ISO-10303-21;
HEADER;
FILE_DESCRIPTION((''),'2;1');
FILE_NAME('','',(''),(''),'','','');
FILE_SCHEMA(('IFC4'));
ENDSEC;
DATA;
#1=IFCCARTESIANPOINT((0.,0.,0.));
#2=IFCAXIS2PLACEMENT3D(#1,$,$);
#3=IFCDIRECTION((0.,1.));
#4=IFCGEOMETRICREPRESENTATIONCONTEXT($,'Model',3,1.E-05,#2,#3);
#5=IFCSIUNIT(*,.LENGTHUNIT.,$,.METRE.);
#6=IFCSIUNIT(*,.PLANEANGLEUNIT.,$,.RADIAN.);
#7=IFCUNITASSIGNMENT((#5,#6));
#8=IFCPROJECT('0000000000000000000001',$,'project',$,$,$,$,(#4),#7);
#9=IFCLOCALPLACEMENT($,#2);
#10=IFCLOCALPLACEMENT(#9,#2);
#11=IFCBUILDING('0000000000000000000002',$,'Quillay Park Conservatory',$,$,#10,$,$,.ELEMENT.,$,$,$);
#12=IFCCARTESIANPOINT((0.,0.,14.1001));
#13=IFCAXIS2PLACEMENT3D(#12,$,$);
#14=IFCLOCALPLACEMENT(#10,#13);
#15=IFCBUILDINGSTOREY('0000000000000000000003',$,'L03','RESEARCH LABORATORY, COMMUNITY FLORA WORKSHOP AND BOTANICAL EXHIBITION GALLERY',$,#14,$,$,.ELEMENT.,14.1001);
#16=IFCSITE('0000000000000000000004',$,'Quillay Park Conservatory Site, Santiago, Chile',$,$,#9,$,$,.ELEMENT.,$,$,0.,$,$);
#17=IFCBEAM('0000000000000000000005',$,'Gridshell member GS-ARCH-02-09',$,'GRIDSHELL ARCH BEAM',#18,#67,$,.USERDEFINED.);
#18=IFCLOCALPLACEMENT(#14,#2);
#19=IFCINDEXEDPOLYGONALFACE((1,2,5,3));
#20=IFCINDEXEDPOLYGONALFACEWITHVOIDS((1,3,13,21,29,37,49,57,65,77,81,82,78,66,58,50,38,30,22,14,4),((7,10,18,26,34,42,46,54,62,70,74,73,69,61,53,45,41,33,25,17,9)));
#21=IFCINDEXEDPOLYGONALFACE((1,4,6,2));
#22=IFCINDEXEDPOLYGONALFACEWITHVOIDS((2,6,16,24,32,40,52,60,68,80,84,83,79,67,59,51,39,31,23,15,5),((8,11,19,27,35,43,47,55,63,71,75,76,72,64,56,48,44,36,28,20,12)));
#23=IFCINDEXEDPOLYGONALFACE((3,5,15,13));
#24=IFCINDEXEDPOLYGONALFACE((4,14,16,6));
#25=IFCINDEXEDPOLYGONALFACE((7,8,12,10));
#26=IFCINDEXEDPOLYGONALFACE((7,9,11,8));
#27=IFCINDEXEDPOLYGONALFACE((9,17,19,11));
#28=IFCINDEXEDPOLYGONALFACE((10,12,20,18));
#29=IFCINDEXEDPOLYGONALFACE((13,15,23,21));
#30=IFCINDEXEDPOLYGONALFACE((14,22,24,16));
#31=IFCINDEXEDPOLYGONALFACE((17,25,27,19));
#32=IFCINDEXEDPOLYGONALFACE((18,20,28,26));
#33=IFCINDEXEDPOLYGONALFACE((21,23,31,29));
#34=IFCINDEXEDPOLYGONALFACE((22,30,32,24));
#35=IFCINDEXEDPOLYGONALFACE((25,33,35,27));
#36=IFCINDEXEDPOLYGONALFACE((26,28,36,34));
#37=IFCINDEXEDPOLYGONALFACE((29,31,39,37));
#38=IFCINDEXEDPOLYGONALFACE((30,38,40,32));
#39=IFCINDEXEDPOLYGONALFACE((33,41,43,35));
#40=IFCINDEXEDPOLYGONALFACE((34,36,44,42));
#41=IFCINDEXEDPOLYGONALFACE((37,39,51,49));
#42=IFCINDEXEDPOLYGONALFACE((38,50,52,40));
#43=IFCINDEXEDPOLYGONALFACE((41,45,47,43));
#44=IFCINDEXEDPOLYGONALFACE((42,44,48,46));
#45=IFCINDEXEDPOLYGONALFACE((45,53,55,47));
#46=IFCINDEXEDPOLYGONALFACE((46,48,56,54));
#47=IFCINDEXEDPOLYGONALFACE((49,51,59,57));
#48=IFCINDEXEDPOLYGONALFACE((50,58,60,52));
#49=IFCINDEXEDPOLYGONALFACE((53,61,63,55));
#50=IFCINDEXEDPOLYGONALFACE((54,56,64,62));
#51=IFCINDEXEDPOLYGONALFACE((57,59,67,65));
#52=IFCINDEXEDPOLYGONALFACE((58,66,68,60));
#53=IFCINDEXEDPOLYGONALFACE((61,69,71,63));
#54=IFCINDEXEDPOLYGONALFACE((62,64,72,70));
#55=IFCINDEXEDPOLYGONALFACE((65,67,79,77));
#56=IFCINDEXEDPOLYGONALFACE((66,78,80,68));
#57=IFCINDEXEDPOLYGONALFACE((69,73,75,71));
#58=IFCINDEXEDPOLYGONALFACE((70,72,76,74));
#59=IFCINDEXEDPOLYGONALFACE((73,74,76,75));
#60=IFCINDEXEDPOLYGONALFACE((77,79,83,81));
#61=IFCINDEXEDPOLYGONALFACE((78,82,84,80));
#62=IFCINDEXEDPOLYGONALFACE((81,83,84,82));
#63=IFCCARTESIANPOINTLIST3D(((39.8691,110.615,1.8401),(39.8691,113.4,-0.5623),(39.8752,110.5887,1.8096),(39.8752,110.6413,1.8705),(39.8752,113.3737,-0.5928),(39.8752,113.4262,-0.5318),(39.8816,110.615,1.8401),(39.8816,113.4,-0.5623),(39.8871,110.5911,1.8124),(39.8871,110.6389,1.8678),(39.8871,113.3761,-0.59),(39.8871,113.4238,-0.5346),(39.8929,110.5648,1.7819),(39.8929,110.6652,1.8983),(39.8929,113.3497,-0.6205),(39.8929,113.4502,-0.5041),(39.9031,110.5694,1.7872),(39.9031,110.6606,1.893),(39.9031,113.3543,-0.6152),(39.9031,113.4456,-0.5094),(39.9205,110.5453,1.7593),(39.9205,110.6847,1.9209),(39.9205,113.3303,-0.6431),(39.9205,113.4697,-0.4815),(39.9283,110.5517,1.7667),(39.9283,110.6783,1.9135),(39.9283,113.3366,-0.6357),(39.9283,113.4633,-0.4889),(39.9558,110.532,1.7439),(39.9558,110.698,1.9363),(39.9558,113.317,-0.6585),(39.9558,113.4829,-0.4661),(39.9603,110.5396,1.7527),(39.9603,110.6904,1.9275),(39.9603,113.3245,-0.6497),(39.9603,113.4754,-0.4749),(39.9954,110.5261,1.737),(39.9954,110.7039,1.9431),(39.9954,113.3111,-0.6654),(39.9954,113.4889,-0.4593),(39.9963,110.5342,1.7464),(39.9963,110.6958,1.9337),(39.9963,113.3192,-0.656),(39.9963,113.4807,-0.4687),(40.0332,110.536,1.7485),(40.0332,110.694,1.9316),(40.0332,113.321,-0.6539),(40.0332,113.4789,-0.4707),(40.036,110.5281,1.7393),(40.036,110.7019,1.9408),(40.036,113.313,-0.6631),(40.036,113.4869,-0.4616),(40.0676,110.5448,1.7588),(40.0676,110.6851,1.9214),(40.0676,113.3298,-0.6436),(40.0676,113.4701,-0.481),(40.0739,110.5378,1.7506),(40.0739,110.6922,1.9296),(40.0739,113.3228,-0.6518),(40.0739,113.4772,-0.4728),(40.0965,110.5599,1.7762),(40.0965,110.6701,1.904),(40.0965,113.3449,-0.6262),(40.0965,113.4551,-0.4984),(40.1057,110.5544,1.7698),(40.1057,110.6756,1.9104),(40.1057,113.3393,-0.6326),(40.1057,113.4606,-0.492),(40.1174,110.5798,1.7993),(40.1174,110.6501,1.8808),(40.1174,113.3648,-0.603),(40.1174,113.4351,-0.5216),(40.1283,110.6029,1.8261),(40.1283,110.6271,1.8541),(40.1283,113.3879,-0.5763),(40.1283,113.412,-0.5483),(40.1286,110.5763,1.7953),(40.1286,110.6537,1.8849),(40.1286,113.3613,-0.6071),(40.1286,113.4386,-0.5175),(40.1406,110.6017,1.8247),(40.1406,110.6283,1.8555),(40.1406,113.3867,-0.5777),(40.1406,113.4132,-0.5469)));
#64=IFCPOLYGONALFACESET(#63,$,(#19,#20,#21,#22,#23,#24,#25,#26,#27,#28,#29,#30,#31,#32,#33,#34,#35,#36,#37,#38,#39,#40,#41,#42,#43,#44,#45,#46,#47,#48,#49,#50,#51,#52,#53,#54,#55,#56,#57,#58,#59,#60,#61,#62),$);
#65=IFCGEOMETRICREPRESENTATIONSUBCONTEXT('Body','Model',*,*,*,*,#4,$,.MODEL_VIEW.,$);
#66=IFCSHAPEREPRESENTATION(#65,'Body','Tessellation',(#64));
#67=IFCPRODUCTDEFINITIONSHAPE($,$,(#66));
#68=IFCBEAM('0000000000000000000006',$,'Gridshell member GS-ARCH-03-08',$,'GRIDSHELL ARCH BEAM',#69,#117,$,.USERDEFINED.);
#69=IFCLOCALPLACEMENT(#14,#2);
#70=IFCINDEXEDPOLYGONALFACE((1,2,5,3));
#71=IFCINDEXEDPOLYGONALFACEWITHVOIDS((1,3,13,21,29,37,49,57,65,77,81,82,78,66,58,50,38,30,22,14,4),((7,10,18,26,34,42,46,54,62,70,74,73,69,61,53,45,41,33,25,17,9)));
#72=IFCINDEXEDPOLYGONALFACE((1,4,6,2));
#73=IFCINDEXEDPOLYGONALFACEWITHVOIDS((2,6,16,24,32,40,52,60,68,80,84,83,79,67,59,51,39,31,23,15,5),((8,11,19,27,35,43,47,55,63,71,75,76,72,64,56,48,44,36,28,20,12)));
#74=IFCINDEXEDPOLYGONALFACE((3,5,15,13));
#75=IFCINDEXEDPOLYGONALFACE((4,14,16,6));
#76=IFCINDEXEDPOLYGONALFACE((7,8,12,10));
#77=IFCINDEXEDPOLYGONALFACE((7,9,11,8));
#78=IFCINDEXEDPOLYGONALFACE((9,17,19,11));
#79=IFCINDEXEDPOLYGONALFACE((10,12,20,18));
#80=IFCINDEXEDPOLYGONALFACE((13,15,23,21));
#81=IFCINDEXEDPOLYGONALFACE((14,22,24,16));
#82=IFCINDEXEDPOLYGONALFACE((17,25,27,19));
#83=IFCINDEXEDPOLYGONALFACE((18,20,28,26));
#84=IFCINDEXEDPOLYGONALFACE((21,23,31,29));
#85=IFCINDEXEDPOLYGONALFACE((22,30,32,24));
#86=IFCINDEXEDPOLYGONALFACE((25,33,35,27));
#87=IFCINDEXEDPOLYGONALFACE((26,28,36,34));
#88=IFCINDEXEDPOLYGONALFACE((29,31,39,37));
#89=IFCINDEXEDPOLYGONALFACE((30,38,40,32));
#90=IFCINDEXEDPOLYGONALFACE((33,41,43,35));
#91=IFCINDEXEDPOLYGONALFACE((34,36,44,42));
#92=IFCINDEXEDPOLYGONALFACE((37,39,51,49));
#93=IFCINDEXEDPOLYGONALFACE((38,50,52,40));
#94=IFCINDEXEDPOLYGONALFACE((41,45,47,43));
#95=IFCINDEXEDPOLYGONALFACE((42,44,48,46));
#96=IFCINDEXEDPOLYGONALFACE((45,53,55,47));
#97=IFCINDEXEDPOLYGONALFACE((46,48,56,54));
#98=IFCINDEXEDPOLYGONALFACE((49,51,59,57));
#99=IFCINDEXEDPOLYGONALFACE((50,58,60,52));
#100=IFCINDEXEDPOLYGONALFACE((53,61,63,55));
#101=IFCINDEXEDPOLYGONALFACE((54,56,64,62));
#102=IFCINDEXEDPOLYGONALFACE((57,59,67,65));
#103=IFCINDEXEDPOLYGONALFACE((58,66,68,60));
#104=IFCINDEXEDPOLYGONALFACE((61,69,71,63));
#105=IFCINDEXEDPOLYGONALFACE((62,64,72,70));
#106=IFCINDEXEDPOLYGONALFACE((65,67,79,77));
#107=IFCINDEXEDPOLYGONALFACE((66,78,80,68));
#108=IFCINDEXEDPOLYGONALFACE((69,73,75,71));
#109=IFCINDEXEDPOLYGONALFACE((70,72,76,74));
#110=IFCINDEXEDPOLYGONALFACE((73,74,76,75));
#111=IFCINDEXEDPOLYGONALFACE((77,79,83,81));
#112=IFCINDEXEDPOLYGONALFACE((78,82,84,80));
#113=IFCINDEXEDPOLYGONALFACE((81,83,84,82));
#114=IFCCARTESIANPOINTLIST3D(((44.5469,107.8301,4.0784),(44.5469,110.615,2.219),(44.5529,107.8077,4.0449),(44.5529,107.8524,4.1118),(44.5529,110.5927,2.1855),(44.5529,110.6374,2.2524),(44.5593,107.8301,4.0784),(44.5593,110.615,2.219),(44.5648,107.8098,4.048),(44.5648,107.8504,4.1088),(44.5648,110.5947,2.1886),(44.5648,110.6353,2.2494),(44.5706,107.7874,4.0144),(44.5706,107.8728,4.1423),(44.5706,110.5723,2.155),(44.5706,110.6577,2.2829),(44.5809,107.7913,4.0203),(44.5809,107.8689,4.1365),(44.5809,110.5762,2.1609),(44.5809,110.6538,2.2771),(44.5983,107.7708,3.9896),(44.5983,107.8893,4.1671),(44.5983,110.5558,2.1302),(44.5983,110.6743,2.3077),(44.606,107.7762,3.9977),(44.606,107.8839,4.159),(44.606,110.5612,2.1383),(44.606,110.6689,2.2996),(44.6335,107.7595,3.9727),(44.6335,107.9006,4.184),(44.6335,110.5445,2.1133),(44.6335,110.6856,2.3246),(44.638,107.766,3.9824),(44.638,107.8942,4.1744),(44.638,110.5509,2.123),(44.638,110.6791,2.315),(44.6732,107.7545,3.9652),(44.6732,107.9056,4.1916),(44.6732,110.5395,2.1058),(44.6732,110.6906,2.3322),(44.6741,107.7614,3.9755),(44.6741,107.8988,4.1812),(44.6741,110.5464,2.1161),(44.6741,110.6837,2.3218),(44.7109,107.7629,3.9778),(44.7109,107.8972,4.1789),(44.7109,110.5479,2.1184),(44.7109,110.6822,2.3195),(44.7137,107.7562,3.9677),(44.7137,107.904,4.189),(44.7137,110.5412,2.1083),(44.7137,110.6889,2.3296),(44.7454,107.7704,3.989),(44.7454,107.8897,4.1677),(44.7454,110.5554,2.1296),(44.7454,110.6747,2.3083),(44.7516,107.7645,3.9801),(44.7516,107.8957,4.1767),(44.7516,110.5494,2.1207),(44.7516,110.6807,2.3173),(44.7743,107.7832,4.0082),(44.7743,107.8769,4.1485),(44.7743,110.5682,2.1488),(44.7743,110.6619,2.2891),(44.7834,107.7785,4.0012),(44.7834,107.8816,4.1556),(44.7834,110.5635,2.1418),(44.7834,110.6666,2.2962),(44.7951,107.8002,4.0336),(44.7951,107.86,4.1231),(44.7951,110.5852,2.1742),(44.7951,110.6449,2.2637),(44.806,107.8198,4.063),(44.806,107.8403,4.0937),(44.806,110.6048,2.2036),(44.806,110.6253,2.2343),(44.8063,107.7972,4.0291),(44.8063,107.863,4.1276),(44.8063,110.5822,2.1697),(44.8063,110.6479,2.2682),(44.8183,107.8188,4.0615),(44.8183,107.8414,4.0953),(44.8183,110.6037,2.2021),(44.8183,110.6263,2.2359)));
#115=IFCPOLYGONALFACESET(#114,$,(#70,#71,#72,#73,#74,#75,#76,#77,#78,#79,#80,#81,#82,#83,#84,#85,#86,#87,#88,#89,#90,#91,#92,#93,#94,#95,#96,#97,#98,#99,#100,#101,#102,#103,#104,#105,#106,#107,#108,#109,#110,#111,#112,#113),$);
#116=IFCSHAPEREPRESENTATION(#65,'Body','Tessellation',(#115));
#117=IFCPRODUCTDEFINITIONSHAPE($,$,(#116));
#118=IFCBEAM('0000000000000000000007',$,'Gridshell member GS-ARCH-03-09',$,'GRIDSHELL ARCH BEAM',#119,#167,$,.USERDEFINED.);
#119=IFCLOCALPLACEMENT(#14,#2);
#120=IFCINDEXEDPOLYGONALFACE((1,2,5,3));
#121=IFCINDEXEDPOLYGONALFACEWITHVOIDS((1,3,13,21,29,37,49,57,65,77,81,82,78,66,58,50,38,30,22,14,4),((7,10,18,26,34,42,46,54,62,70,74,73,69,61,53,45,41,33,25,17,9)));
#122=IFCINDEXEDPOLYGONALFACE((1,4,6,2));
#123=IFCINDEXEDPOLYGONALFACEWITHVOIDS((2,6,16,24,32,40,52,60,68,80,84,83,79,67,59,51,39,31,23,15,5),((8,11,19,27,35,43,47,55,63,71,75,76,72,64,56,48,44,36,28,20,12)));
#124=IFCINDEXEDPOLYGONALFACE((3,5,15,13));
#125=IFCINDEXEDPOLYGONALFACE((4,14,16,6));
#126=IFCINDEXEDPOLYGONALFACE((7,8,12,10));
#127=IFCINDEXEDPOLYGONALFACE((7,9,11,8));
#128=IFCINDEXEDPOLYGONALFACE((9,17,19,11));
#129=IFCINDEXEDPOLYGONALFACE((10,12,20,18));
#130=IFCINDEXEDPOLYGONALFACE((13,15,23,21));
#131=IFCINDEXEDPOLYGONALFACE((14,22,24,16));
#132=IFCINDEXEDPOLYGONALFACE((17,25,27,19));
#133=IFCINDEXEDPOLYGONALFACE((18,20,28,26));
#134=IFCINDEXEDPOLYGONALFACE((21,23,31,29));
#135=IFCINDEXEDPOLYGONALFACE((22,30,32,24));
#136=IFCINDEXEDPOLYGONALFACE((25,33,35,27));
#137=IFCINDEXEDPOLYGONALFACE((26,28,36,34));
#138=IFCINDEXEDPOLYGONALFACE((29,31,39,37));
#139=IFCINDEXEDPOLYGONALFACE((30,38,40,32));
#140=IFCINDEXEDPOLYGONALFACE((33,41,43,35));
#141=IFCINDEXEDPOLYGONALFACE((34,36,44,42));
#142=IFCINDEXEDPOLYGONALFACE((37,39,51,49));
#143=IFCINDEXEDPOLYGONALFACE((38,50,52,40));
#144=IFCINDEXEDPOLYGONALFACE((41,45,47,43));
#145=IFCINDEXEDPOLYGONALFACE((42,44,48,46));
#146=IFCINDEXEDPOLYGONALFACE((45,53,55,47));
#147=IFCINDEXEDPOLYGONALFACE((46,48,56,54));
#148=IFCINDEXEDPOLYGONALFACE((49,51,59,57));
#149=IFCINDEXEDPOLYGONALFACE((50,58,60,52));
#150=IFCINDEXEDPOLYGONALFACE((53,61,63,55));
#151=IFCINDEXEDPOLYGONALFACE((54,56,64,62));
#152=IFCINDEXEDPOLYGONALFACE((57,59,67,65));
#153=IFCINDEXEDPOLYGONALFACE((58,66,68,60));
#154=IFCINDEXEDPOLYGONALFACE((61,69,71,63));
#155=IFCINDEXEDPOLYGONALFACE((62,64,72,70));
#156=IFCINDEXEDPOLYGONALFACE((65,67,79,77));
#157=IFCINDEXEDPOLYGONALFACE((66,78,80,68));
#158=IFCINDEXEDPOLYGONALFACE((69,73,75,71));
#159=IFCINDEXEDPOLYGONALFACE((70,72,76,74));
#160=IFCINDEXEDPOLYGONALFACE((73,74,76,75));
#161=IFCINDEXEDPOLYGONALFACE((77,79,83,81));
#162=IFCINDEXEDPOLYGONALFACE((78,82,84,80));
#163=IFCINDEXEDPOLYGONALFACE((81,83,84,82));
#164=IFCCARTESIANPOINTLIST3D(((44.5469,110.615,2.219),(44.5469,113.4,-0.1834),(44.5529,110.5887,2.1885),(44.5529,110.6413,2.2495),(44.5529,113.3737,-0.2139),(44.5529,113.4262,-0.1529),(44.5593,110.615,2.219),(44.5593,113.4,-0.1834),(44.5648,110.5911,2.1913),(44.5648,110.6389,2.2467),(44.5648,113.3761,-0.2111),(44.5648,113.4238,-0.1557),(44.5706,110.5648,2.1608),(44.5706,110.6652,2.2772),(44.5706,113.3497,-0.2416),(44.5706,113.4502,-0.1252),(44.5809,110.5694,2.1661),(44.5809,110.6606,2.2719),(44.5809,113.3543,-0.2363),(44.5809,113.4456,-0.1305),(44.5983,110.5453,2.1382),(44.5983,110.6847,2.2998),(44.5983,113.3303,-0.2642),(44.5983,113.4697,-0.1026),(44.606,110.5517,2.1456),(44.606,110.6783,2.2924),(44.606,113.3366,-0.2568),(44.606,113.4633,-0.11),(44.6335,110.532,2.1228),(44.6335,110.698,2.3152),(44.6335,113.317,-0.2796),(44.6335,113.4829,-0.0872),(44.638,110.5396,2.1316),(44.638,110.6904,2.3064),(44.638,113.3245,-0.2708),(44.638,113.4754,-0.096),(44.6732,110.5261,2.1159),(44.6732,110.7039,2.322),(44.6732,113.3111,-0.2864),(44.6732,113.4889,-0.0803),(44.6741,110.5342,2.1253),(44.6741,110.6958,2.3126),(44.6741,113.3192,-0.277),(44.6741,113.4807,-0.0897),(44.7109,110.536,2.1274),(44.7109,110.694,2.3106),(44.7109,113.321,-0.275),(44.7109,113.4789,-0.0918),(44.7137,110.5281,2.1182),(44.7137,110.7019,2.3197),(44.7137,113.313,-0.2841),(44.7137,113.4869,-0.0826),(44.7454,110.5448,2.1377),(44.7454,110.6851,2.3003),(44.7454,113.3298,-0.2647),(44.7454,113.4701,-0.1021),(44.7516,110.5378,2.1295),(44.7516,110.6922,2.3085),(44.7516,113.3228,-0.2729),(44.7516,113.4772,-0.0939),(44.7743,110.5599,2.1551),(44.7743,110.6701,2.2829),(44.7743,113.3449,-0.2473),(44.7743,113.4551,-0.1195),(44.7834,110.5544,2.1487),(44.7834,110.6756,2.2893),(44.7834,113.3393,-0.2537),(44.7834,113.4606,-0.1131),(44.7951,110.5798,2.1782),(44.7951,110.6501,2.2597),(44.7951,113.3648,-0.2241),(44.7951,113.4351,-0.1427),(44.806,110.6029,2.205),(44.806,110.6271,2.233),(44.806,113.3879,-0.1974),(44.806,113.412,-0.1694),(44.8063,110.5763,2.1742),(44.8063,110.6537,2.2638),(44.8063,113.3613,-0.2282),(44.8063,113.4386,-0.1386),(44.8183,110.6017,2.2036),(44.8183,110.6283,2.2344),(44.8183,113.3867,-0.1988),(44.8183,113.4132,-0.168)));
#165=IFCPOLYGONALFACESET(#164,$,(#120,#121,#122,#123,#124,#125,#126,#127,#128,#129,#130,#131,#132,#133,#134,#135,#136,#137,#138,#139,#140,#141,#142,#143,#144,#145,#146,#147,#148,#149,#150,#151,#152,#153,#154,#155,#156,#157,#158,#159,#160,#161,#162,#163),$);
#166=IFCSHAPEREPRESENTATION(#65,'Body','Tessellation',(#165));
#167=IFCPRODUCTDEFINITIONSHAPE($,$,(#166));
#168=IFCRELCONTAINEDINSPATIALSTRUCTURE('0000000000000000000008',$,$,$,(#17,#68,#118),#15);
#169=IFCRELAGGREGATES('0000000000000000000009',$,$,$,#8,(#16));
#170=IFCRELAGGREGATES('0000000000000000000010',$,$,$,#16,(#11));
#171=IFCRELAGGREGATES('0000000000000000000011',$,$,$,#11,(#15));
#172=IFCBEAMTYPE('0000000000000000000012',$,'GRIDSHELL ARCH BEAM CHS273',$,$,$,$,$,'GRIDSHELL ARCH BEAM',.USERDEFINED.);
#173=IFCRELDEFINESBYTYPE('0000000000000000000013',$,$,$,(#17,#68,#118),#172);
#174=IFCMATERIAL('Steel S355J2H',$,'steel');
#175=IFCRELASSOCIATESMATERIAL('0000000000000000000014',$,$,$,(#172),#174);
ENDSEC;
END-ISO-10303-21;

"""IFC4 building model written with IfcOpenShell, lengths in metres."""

from ifc_helpers import new_model, si_unit, direction, frame, origin, origin_2d, place, context, subcontext, project, spatial, hollow_circle, extrude, material, material_profile, profile_set, type_object, element, save


model = new_model("IFC4")

# Units and contexts
model_context = context("Model", 3, precision=1e-05, world=origin(), true_north=direction((0.0, 1.0)))
body_context = subcontext(model_context, "Body", "Model", "MODEL_VIEW")
ifc_project = project(units=[si_unit("LENGTHUNIT", "METRE"), si_unit("PLANEANGLEUNIT", "RADIAN")], contexts=[model_context])

# Site, building, storey
site_placement = place(None, origin())
site = spatial("IfcSite", under=ifc_project, at=site_placement, Name="Quillay Park Conservatory Site, Santiago, Chile", CompositionType="ELEMENT", RefElevation=0.0)
building_placement = place(site_placement, origin())
building = spatial("IfcBuilding", under=site, at=building_placement, Name="Quillay Park Conservatory", CompositionType="ELEMENT")
storey_placement = place(building_placement, frame((0.0, 0.0, 14.1001)))
storey = spatial("IfcBuildingStorey", under=building, at=storey_placement, Name="L03", Description="RESEARCH LABORATORY, COMMUNITY FLORA WORKSHOP AND BOTANICAL EXHIBITION GALLERY", CompositionType="ELEMENT", Elevation=14.1001)

# Beams
ifc_material_1 = material(Name="Steel S355J2H", Category="steel")
ifc_material_profile_1 = material_profile(ifc_material_1, hollow_circle(Radius=0.1365, WallThickness=0.0125, at=origin_2d()), Name="CHS273x12.5")
ifc_profile_set_1 = profile_set([ifc_material_profile_1], Name="Steel S355J2H")
beam_type = type_object("IfcBeamType", Name="GRIDSHELL ARCH BEAM CHS273", ElementType="GRIDSHELL ARCH BEAM", PredefinedType="USERDEFINED", material=ifc_profile_set_1)
beam_1_placement = place(storey_placement, frame((40.0056, 110.615, 1.8401), z_axis=(0.0, 0.757201, -0.653183), x_axis=(-1.0, 0.0, 0.0)))
element("IfcBeam", 1, at=beam_1_placement, inside=storey, type_object=beam_type, Name="Gridshell member GS-ARCH-02-09", ObjectType="GRIDSHELL ARCH BEAM", PredefinedType="USERDEFINED", context=body_context, shape_type="SweptSolid", body=[
    extrude(hollow_circle(Radius=0.1365, WallThickness=0.0125, at=origin_2d()), origin(), (0.0, 0.0, 1.0), 3.678),
])
beam_2_placement = place(storey_placement, frame((44.6833, 107.8301, 4.0784), z_axis=(0.0, 0.831669, -0.555272), x_axis=(-1.0, 0.0, 0.0)))
element("IfcBeam", 2, at=beam_2_placement, inside=storey, type_object=beam_type, Name="Gridshell member GS-ARCH-03-08", ObjectType="GRIDSHELL ARCH BEAM", PredefinedType="USERDEFINED", context=body_context, shape_type="SweptSolid", body=[
    extrude(hollow_circle(Radius=0.1365, WallThickness=0.0125, at=origin_2d()), origin(), (0.0, 0.0, 1.0), 3.3486),
])
beam_3_placement = place(storey_placement, frame((44.6833, 110.615, 2.219), z_axis=(0.0, 0.757201, -0.653183), x_axis=(-1.0, 0.0, 0.0)))
element("IfcBeam", 3, at=beam_3_placement, inside=storey, type_object=beam_type, Name="Gridshell member GS-ARCH-03-09", ObjectType="GRIDSHELL ARCH BEAM", PredefinedType="USERDEFINED", context=body_context, shape_type="SweptSolid", body=[
    extrude(hollow_circle(Radius=0.1365, WallThickness=0.0125, at=origin_2d()), origin(), (0.0, 0.0, 1.0), 3.678),
])

save(model, "model.ifc")
